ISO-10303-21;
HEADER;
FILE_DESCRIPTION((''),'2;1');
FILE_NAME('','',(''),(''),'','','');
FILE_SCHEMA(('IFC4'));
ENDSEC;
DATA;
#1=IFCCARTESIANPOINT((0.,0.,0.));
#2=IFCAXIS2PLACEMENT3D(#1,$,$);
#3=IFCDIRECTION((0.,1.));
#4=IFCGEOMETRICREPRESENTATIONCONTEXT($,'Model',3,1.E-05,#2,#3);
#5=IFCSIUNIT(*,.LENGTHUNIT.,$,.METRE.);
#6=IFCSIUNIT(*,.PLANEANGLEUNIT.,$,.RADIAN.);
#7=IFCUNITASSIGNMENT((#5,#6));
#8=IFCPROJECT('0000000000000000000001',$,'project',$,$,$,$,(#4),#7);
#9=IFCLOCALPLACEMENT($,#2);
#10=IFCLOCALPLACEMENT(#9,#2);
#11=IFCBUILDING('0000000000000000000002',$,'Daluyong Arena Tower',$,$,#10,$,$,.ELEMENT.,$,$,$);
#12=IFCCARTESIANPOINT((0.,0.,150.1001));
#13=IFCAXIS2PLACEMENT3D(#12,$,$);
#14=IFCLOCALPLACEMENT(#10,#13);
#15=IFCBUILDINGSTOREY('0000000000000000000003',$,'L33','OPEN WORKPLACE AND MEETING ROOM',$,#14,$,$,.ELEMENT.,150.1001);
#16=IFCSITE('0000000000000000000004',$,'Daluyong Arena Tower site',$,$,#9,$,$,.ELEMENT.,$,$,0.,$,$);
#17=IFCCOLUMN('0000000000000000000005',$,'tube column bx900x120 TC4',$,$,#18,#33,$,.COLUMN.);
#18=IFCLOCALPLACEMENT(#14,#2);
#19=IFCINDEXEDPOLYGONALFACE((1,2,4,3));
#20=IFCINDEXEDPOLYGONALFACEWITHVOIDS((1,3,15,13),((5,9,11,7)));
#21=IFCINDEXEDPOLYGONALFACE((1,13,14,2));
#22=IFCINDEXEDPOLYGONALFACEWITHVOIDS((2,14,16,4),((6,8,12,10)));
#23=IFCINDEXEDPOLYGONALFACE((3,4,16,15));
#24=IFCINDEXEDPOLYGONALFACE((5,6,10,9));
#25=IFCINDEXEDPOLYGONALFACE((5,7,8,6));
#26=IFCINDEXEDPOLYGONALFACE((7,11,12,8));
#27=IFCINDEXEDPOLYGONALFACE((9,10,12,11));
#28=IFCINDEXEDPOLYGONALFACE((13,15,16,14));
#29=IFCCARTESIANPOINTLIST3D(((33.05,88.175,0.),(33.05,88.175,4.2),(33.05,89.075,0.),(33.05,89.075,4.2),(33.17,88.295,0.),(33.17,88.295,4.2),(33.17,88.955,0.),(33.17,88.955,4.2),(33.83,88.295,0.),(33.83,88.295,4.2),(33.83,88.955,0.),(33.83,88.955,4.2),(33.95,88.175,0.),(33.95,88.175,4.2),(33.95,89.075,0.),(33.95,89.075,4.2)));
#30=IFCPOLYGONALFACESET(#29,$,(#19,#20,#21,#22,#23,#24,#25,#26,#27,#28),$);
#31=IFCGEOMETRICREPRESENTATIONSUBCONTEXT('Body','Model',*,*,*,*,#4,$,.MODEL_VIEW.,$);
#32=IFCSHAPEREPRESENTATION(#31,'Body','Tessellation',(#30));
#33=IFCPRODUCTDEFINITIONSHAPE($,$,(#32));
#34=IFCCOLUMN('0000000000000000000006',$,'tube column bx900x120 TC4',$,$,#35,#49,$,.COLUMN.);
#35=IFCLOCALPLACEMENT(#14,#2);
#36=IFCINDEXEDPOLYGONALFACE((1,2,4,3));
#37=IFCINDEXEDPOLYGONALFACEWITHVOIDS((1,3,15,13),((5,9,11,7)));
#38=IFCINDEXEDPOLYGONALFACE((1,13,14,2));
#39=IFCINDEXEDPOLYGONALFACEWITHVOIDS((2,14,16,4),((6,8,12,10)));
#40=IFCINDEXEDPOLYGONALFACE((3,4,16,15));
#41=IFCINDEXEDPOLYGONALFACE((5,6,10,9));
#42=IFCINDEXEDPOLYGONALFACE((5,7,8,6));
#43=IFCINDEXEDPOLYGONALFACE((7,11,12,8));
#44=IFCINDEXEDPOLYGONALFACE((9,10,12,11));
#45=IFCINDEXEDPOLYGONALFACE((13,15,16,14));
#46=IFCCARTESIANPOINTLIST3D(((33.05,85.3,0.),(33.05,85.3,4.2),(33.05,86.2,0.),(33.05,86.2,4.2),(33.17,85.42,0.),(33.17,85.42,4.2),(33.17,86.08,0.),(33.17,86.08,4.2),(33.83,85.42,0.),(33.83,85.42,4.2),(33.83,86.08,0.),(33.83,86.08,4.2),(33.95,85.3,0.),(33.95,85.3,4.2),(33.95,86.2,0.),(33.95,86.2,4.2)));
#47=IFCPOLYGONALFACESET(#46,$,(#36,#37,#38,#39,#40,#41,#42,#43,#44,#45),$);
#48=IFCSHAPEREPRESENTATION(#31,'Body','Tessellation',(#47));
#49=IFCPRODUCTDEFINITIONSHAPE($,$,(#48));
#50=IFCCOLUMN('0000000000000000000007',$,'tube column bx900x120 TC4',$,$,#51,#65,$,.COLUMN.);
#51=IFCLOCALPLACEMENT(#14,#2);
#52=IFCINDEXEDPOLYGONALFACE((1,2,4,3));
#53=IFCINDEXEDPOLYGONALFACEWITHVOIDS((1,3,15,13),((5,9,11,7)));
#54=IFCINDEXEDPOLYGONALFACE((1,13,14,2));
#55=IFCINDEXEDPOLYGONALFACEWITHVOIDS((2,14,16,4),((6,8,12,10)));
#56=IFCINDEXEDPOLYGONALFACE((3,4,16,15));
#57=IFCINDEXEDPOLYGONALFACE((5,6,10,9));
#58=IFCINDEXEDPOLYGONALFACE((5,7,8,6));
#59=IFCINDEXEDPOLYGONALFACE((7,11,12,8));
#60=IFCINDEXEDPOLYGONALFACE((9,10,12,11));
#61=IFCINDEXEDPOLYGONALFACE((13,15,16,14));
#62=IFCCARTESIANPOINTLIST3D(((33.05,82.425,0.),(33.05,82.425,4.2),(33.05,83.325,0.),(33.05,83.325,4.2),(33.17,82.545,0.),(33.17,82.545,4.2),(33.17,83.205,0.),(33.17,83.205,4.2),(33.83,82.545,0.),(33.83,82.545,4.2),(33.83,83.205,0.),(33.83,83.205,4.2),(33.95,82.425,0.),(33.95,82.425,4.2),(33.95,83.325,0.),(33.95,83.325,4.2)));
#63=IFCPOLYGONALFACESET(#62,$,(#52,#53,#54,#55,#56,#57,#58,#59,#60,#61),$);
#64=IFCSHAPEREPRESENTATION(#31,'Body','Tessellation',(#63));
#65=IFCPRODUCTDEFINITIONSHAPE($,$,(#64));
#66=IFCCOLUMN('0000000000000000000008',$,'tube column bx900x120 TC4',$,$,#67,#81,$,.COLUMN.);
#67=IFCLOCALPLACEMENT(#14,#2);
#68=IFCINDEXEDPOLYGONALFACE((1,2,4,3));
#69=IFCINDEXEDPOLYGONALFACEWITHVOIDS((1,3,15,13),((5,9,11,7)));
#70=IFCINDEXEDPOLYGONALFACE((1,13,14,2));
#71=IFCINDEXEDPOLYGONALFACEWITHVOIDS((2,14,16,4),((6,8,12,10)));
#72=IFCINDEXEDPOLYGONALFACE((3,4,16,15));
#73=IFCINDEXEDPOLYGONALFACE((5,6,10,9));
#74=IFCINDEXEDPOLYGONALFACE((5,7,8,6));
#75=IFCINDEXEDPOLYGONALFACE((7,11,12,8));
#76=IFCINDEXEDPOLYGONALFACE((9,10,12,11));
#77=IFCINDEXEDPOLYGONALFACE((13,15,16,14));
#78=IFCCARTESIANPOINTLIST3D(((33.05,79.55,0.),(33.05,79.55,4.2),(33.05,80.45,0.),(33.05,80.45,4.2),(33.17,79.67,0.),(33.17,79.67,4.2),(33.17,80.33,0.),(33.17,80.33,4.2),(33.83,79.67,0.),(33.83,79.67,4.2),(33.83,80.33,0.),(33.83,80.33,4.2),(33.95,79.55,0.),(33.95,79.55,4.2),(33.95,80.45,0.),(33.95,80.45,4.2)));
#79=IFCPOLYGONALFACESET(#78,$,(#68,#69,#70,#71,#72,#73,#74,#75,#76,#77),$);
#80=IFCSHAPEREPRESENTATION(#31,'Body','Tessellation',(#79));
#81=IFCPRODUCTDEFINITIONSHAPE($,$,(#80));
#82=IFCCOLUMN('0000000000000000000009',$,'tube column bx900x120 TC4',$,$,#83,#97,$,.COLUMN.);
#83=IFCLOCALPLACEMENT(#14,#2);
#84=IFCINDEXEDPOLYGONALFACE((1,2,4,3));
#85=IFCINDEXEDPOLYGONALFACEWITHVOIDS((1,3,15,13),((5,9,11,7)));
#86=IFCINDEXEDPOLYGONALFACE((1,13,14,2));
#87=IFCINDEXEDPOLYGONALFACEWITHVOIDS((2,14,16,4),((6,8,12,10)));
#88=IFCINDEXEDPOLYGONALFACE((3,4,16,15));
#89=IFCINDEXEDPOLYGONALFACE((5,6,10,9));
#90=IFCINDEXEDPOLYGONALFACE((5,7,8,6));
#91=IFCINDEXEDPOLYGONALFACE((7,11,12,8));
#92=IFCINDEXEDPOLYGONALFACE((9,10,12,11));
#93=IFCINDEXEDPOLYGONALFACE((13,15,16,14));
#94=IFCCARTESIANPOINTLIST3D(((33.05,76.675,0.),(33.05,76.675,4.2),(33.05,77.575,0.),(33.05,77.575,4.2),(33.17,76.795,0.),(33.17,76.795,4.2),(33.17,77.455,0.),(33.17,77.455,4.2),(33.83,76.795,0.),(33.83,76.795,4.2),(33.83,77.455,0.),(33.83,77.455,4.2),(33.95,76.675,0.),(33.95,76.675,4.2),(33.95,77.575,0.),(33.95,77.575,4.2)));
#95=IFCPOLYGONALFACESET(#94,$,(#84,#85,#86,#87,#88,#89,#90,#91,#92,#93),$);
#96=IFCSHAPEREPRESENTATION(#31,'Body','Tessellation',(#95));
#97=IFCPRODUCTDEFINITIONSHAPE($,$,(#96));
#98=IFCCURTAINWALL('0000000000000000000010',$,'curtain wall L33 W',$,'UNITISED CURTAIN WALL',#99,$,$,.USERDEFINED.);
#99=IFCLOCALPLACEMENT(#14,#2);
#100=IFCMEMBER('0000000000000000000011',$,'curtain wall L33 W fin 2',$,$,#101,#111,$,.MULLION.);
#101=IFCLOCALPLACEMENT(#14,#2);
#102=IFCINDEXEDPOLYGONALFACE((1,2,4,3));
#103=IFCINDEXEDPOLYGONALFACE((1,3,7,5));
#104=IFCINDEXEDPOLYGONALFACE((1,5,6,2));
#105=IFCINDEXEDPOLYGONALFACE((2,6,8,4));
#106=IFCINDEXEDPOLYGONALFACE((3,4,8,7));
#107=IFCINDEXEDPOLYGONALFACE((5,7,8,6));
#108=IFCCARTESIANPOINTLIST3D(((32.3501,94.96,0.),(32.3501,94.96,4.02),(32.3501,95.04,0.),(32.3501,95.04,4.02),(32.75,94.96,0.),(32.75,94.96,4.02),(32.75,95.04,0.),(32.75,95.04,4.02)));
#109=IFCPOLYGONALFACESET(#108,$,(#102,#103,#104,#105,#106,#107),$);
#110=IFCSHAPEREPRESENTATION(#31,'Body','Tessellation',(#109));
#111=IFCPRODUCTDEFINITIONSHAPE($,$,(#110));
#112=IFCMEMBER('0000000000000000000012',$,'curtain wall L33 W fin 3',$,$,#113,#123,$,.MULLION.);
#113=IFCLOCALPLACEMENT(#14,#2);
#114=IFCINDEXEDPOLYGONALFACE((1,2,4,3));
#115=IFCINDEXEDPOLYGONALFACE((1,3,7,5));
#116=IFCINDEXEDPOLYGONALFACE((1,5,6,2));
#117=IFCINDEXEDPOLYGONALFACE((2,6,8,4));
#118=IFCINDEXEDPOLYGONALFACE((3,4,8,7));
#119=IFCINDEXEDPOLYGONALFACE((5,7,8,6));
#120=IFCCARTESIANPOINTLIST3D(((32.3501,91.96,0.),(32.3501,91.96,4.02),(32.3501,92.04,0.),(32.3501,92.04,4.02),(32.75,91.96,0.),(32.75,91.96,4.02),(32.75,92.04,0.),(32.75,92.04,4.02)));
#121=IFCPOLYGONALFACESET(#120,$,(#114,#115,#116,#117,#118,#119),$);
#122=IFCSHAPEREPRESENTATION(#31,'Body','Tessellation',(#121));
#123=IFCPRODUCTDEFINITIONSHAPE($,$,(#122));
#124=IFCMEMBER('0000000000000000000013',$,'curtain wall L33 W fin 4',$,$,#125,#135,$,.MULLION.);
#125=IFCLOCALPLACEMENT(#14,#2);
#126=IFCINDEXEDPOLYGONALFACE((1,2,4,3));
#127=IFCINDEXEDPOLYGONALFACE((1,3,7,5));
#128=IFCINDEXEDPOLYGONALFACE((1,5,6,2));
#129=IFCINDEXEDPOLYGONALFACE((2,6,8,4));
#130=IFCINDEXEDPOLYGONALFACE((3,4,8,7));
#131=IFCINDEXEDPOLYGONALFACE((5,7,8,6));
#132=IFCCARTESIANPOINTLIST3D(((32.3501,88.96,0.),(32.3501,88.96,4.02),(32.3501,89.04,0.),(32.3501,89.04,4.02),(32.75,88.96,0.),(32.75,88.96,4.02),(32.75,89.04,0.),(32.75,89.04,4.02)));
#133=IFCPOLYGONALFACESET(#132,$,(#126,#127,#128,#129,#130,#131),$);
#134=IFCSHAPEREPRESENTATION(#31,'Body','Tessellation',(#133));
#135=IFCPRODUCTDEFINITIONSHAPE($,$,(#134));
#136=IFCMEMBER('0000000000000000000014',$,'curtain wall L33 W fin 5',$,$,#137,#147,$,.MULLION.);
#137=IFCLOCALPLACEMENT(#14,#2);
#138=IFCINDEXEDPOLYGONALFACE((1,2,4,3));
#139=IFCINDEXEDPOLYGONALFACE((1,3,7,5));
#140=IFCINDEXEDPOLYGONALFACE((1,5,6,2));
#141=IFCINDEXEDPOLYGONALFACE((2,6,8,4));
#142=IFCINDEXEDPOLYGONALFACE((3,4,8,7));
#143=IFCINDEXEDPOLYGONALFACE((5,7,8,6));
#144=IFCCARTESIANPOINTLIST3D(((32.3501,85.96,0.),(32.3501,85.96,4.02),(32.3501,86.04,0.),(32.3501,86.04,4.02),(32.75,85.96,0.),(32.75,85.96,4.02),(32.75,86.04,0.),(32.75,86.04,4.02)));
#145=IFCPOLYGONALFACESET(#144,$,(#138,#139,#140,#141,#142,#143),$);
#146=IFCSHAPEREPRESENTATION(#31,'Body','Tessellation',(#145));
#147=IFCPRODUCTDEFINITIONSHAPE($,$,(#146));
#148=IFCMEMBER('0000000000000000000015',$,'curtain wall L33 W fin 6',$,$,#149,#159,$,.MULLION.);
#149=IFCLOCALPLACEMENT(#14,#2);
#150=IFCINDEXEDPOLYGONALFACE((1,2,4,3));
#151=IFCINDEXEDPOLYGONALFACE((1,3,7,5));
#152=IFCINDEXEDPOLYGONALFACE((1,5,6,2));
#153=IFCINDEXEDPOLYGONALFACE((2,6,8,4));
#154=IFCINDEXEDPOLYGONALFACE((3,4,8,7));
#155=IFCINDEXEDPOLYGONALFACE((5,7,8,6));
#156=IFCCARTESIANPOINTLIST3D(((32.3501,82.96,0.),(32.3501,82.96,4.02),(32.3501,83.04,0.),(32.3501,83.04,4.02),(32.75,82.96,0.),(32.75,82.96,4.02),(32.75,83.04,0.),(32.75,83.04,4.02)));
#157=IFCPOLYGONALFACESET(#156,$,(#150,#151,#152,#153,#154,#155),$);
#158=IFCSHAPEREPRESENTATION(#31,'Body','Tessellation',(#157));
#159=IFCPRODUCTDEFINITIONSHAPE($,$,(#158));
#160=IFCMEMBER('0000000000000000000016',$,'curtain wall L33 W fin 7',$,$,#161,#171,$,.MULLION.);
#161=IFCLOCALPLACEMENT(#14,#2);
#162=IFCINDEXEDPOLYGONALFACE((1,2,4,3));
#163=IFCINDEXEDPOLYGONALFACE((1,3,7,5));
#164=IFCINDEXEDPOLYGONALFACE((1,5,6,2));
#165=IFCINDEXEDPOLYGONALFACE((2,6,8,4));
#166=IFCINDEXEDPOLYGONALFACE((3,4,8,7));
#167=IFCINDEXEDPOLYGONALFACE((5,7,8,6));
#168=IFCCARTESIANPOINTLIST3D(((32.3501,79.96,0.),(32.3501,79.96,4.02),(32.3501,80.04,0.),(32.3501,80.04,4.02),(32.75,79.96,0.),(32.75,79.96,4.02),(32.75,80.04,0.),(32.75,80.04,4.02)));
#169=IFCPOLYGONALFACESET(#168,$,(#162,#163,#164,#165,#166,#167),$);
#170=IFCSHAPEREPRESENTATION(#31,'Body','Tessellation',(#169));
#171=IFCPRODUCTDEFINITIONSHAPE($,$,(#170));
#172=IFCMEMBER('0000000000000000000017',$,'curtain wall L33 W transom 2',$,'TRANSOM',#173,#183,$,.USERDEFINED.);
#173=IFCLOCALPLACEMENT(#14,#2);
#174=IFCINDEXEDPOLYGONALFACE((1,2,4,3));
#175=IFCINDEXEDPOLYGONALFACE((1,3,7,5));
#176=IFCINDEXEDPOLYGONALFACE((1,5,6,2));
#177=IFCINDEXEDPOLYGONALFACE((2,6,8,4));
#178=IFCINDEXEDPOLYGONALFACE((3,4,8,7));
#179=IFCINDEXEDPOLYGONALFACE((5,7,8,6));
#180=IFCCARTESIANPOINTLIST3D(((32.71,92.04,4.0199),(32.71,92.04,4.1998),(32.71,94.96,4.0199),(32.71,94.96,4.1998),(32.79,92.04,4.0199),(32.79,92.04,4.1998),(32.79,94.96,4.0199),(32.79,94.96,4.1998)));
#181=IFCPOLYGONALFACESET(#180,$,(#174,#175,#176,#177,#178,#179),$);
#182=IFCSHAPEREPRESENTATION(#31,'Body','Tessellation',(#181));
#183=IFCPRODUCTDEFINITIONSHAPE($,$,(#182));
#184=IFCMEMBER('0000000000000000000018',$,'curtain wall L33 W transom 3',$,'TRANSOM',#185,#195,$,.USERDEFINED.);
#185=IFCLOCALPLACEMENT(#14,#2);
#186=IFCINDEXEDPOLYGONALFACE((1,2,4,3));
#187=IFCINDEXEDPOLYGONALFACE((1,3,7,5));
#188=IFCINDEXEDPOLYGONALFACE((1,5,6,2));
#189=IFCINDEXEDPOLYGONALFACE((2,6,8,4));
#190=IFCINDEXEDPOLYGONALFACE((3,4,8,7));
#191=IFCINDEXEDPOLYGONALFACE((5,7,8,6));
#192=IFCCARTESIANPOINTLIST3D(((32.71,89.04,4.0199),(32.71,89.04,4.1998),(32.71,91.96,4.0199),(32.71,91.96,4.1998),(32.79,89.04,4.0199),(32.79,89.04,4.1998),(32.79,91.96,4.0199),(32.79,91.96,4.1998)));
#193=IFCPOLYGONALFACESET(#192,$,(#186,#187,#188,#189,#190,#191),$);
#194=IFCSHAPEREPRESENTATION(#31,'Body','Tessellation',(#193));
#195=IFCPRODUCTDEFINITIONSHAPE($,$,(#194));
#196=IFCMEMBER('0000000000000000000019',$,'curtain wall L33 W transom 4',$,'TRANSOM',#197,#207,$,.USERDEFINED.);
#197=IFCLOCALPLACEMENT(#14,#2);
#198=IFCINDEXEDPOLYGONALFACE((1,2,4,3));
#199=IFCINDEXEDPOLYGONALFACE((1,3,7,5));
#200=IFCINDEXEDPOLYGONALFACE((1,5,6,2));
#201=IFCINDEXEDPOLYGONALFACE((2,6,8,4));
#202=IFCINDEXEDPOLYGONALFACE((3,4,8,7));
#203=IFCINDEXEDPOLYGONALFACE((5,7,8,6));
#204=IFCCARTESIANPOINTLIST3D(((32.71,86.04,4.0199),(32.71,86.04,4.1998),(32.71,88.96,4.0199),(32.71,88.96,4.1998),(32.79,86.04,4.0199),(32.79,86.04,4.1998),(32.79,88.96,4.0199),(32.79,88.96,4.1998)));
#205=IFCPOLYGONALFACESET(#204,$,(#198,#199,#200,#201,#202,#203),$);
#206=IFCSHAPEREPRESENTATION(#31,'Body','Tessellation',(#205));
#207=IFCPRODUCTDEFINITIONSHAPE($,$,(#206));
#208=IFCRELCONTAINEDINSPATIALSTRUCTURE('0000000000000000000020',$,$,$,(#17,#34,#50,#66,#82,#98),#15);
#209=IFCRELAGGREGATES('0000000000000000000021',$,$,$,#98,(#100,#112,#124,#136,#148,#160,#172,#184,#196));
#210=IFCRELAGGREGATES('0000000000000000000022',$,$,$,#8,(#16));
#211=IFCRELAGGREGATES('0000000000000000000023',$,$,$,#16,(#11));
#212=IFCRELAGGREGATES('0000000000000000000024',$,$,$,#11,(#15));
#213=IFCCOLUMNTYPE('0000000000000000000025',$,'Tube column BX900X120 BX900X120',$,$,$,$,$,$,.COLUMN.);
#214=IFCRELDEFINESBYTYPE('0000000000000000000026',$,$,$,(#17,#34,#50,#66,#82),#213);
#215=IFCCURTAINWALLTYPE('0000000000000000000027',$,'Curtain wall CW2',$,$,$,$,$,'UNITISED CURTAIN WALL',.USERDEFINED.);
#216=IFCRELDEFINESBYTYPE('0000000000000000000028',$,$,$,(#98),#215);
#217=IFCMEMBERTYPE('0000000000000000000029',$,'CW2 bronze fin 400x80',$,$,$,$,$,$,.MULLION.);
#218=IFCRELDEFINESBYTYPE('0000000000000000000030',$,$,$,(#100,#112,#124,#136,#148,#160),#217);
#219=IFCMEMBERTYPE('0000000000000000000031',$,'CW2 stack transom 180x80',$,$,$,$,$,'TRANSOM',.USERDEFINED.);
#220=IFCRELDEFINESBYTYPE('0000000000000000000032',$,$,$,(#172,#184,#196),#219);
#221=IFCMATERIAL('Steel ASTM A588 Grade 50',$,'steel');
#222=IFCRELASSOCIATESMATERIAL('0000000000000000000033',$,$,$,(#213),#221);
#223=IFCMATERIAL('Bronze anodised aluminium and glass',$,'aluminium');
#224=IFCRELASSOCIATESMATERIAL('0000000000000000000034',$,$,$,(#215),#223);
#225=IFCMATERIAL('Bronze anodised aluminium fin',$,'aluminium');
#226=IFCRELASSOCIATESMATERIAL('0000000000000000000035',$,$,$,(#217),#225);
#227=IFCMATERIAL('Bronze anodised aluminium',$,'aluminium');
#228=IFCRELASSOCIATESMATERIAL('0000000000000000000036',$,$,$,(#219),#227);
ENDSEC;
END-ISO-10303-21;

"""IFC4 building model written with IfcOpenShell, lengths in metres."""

from ifc_helpers import new_model, si_unit, direction, frame, origin, origin_2d, place, context, subcontext, project, spatial, rectangle, hollow_rectangle, extrude, material, material_profile, profile_set, type_object, element, aggregate, save


model = new_model("IFC4")

# Units and contexts
model_context = context("Model", 3, precision=1e-05, world=origin(), true_north=direction((0.0, 1.0)))
body_context = subcontext(model_context, "Body", "Model", "MODEL_VIEW")
ifc_project = project(units=[si_unit("LENGTHUNIT", "METRE"), si_unit("PLANEANGLEUNIT", "RADIAN")], contexts=[model_context])

# Site, building, storey
site_placement = place(None, origin())
site = spatial("IfcSite", under=ifc_project, at=site_placement, Name="Daluyong Arena Tower site", CompositionType="ELEMENT", RefElevation=0.0)
building_placement = place(site_placement, origin())
building = spatial("IfcBuilding", under=site, at=building_placement, Name="Daluyong Arena Tower", CompositionType="ELEMENT")
storey_placement = place(building_placement, frame((0.0, 0.0, 150.1001)))
storey = spatial("IfcBuildingStorey", under=building, at=storey_placement, Name="L33", Description="OPEN WORKPLACE AND MEETING ROOM", CompositionType="ELEMENT", Elevation=150.1001)

# Columns
ifc_material_1 = material(Name="Steel ASTM A588 Grade 50", Category="steel")
ifc_material_profile_1 = material_profile(ifc_material_1, hollow_rectangle(XDim=0.8999, YDim=0.8999, WallThickness=0.12, at=origin_2d()))
ifc_profile_set_1 = profile_set([ifc_material_profile_1], Name="Steel ASTM A588 Grade 50")
column_type = type_object("IfcColumnType", Name="Tube column BX900X120 BX900X120", PredefinedType="COLUMN", material=ifc_profile_set_1)
for number, where, z_axis, x_axis, name in (
    (1, (33.5, 88.625, 0.0), (0.0, 0.0, 1.0), (0.0, 1.0, 0.0), "tube column bx900x120 TC4"),
    (2, (33.5, 85.75, 0.0), (0.0, 0.0, 1.0), (0.0, 1.0, 0.0), "tube column bx900x120 TC4"),
    (3, (33.5, 82.875, 0.0), (0.0, 0.0, 1.0), (0.0, 1.0, 0.0), "tube column bx900x120 TC4"),
    (4, (33.5, 80.0, 0.0), (0.0, 0.0, 1.0), (0.0, 1.0, 0.0), "tube column bx900x120 TC4"),
    (5, (33.5, 77.125, 0.0), (0.0, 0.0, 1.0), (0.0, 1.0, 0.0), "tube column bx900x120 TC4"),
):
    element("IfcColumn", number, at=place(storey_placement, frame(where, z_axis=z_axis, x_axis=x_axis)), inside=storey, type_object=column_type, Name=name, PredefinedType="COLUMN", context=body_context, shape_type="SweptSolid", body=[
        extrude(hollow_rectangle(XDim=0.8999, YDim=0.8999, WallThickness=0.12, at=origin_2d()), origin(), (0.0, 0.0, 1.0), 4.2),
    ])

# Curtain wall, members
ifc_material_2 = material(Name="Bronze anodised aluminium and glass", Category="aluminium")
curtain_wall_type = type_object("IfcCurtainWallType", Name="Curtain wall CW2", ElementType="UNITISED CURTAIN WALL", PredefinedType="USERDEFINED", material=ifc_material_2)
curtain_wall_placement = place(storey_placement, origin())
curtain_wall = element("IfcCurtainWall", 6, at=curtain_wall_placement, inside=storey, type_object=curtain_wall_type, Name="curtain wall L33 W", ObjectType="UNITISED CURTAIN WALL", PredefinedType="USERDEFINED")
ifc_material_3 = material(Name="Bronze anodised aluminium fin", Category="aluminium")
ifc_material_profile_2 = material_profile(ifc_material_3, rectangle(XDim=0.3999, YDim=0.0801, at=origin_2d()))
ifc_profile_set_2 = profile_set([ifc_material_profile_2], Name="Bronze anodised aluminium fin")
member_type_1 = type_object("IfcMemberType", Name="CW2 bronze fin 400x80", PredefinedType="MULLION", material=ifc_profile_set_2)
member_1_placement = place(storey_placement, frame((32.55, 95.0, 0.0), z_axis=(0.0, 0.0, 1.0), x_axis=(1.0, 0.0, 0.0)))
member_1 = element("IfcMember", 7, at=member_1_placement, type_object=member_type_1, Name="curtain wall L33 W fin 2", PredefinedType="MULLION", context=body_context, shape_type="SweptSolid", body=[
    extrude(rectangle(XDim=0.3999, YDim=0.0801, at=origin_2d()), origin(), (0.0, 0.0, 1.0), 4.02),
])
member_2_placement = place(storey_placement, frame((32.55, 92.0, 0.0), z_axis=(0.0, 0.0, 1.0), x_axis=(1.0, 0.0, 0.0)))
member_2 = element("IfcMember", 8, at=member_2_placement, type_object=member_type_1, Name="curtain wall L33 W fin 3", PredefinedType="MULLION", context=body_context, shape_type="SweptSolid", body=[
    extrude(rectangle(XDim=0.3999, YDim=0.0801, at=origin_2d()), origin(), (0.0, 0.0, 1.0), 4.02),
])
member_3_placement = place(storey_placement, frame((32.55, 89.0, 0.0), z_axis=(0.0, 0.0, 1.0), x_axis=(1.0, 0.0, 0.0)))
member_3 = element("IfcMember", 9, at=member_3_placement, type_object=member_type_1, Name="curtain wall L33 W fin 4", PredefinedType="MULLION", context=body_context, shape_type="SweptSolid", body=[
    extrude(rectangle(XDim=0.3999, YDim=0.0801, at=origin_2d()), origin(), (0.0, 0.0, 1.0), 4.02),
])
member_4_placement = place(storey_placement, frame((32.55, 86.0, 0.0), z_axis=(0.0, 0.0, 1.0), x_axis=(1.0, 0.0, 0.0)))
member_4 = element("IfcMember", 10, at=member_4_placement, type_object=member_type_1, Name="curtain wall L33 W fin 5", PredefinedType="MULLION", context=body_context, shape_type="SweptSolid", body=[
    extrude(rectangle(XDim=0.3999, YDim=0.0801, at=origin_2d()), origin(), (0.0, 0.0, 1.0), 4.02),
])
member_5_placement = place(storey_placement, frame((32.55, 83.0, 0.0), z_axis=(0.0, 0.0, 1.0), x_axis=(1.0, 0.0, 0.0)))
member_5 = element("IfcMember", 11, at=member_5_placement, type_object=member_type_1, Name="curtain wall L33 W fin 6", PredefinedType="MULLION", context=body_context, shape_type="SweptSolid", body=[
    extrude(rectangle(XDim=0.3999, YDim=0.0801, at=origin_2d()), origin(), (0.0, 0.0, 1.0), 4.02),
])
member_6_placement = place(storey_placement, frame((32.55, 80.0, 0.0), z_axis=(0.0, 0.0, 1.0), x_axis=(1.0, 0.0, 0.0)))
member_6 = element("IfcMember", 12, at=member_6_placement, type_object=member_type_1, Name="curtain wall L33 W fin 7", PredefinedType="MULLION", context=body_context, shape_type="SweptSolid", body=[
    extrude(rectangle(XDim=0.3999, YDim=0.0801, at=origin_2d()), origin(), (0.0, 0.0, 1.0), 4.02),
])
ifc_material_4 = material(Name="Bronze anodised aluminium", Category="aluminium")
ifc_material_profile_3 = material_profile(ifc_material_4, rectangle(XDim=0.0801, YDim=0.1799, at=origin_2d()))
ifc_profile_set_3 = profile_set([ifc_material_profile_3], Name="Bronze anodised aluminium")
member_type_2 = type_object("IfcMemberType", Name="CW2 stack transom 180x80", ElementType="TRANSOM", PredefinedType="USERDEFINED", material=ifc_profile_set_3)
member_7_placement = place(storey_placement, frame((32.75, 94.96, 4.1099), z_axis=(0.0, -1.0, 0.0), x_axis=(1.0, 0.0, 0.0)))
member_7 = element("IfcMember", 13, at=member_7_placement, type_object=member_type_2, Name="curtain wall L33 W transom 2", ObjectType="TRANSOM", PredefinedType="USERDEFINED", context=body_context, shape_type="SweptSolid", body=[
    extrude(rectangle(XDim=0.0801, YDim=0.1799, at=origin_2d()), origin(), (0.0, 0.0, 1.0), 2.9199),
])
member_8_placement = place(storey_placement, frame((32.75, 91.96, 4.1099), z_axis=(0.0, -1.0, 0.0), x_axis=(1.0, 0.0, 0.0)))
member_8 = element("IfcMember", 14, at=member_8_placement, type_object=member_type_2, Name="curtain wall L33 W transom 3", ObjectType="TRANSOM", PredefinedType="USERDEFINED", context=body_context, shape_type="SweptSolid", body=[
    extrude(rectangle(XDim=0.0801, YDim=0.1799, at=origin_2d()), origin(), (0.0, 0.0, 1.0), 2.9199),
])
member_9_placement = place(storey_placement, frame((32.75, 88.96, 4.1099), z_axis=(0.0, -1.0, 0.0), x_axis=(1.0, 0.0, 0.0)))
member_9 = element("IfcMember", 15, at=member_9_placement, type_object=member_type_2, Name="curtain wall L33 W transom 4", ObjectType="TRANSOM", PredefinedType="USERDEFINED", context=body_context, shape_type="SweptSolid", body=[
    extrude(rectangle(XDim=0.0801, YDim=0.1799, at=origin_2d()), origin(), (0.0, 0.0, 1.0), 2.9199),
])

aggregate(curtain_wall, [member_1, member_2, member_3, member_4, member_5, member_6, member_7, member_8, member_9])

save(model, "model.ifc")
